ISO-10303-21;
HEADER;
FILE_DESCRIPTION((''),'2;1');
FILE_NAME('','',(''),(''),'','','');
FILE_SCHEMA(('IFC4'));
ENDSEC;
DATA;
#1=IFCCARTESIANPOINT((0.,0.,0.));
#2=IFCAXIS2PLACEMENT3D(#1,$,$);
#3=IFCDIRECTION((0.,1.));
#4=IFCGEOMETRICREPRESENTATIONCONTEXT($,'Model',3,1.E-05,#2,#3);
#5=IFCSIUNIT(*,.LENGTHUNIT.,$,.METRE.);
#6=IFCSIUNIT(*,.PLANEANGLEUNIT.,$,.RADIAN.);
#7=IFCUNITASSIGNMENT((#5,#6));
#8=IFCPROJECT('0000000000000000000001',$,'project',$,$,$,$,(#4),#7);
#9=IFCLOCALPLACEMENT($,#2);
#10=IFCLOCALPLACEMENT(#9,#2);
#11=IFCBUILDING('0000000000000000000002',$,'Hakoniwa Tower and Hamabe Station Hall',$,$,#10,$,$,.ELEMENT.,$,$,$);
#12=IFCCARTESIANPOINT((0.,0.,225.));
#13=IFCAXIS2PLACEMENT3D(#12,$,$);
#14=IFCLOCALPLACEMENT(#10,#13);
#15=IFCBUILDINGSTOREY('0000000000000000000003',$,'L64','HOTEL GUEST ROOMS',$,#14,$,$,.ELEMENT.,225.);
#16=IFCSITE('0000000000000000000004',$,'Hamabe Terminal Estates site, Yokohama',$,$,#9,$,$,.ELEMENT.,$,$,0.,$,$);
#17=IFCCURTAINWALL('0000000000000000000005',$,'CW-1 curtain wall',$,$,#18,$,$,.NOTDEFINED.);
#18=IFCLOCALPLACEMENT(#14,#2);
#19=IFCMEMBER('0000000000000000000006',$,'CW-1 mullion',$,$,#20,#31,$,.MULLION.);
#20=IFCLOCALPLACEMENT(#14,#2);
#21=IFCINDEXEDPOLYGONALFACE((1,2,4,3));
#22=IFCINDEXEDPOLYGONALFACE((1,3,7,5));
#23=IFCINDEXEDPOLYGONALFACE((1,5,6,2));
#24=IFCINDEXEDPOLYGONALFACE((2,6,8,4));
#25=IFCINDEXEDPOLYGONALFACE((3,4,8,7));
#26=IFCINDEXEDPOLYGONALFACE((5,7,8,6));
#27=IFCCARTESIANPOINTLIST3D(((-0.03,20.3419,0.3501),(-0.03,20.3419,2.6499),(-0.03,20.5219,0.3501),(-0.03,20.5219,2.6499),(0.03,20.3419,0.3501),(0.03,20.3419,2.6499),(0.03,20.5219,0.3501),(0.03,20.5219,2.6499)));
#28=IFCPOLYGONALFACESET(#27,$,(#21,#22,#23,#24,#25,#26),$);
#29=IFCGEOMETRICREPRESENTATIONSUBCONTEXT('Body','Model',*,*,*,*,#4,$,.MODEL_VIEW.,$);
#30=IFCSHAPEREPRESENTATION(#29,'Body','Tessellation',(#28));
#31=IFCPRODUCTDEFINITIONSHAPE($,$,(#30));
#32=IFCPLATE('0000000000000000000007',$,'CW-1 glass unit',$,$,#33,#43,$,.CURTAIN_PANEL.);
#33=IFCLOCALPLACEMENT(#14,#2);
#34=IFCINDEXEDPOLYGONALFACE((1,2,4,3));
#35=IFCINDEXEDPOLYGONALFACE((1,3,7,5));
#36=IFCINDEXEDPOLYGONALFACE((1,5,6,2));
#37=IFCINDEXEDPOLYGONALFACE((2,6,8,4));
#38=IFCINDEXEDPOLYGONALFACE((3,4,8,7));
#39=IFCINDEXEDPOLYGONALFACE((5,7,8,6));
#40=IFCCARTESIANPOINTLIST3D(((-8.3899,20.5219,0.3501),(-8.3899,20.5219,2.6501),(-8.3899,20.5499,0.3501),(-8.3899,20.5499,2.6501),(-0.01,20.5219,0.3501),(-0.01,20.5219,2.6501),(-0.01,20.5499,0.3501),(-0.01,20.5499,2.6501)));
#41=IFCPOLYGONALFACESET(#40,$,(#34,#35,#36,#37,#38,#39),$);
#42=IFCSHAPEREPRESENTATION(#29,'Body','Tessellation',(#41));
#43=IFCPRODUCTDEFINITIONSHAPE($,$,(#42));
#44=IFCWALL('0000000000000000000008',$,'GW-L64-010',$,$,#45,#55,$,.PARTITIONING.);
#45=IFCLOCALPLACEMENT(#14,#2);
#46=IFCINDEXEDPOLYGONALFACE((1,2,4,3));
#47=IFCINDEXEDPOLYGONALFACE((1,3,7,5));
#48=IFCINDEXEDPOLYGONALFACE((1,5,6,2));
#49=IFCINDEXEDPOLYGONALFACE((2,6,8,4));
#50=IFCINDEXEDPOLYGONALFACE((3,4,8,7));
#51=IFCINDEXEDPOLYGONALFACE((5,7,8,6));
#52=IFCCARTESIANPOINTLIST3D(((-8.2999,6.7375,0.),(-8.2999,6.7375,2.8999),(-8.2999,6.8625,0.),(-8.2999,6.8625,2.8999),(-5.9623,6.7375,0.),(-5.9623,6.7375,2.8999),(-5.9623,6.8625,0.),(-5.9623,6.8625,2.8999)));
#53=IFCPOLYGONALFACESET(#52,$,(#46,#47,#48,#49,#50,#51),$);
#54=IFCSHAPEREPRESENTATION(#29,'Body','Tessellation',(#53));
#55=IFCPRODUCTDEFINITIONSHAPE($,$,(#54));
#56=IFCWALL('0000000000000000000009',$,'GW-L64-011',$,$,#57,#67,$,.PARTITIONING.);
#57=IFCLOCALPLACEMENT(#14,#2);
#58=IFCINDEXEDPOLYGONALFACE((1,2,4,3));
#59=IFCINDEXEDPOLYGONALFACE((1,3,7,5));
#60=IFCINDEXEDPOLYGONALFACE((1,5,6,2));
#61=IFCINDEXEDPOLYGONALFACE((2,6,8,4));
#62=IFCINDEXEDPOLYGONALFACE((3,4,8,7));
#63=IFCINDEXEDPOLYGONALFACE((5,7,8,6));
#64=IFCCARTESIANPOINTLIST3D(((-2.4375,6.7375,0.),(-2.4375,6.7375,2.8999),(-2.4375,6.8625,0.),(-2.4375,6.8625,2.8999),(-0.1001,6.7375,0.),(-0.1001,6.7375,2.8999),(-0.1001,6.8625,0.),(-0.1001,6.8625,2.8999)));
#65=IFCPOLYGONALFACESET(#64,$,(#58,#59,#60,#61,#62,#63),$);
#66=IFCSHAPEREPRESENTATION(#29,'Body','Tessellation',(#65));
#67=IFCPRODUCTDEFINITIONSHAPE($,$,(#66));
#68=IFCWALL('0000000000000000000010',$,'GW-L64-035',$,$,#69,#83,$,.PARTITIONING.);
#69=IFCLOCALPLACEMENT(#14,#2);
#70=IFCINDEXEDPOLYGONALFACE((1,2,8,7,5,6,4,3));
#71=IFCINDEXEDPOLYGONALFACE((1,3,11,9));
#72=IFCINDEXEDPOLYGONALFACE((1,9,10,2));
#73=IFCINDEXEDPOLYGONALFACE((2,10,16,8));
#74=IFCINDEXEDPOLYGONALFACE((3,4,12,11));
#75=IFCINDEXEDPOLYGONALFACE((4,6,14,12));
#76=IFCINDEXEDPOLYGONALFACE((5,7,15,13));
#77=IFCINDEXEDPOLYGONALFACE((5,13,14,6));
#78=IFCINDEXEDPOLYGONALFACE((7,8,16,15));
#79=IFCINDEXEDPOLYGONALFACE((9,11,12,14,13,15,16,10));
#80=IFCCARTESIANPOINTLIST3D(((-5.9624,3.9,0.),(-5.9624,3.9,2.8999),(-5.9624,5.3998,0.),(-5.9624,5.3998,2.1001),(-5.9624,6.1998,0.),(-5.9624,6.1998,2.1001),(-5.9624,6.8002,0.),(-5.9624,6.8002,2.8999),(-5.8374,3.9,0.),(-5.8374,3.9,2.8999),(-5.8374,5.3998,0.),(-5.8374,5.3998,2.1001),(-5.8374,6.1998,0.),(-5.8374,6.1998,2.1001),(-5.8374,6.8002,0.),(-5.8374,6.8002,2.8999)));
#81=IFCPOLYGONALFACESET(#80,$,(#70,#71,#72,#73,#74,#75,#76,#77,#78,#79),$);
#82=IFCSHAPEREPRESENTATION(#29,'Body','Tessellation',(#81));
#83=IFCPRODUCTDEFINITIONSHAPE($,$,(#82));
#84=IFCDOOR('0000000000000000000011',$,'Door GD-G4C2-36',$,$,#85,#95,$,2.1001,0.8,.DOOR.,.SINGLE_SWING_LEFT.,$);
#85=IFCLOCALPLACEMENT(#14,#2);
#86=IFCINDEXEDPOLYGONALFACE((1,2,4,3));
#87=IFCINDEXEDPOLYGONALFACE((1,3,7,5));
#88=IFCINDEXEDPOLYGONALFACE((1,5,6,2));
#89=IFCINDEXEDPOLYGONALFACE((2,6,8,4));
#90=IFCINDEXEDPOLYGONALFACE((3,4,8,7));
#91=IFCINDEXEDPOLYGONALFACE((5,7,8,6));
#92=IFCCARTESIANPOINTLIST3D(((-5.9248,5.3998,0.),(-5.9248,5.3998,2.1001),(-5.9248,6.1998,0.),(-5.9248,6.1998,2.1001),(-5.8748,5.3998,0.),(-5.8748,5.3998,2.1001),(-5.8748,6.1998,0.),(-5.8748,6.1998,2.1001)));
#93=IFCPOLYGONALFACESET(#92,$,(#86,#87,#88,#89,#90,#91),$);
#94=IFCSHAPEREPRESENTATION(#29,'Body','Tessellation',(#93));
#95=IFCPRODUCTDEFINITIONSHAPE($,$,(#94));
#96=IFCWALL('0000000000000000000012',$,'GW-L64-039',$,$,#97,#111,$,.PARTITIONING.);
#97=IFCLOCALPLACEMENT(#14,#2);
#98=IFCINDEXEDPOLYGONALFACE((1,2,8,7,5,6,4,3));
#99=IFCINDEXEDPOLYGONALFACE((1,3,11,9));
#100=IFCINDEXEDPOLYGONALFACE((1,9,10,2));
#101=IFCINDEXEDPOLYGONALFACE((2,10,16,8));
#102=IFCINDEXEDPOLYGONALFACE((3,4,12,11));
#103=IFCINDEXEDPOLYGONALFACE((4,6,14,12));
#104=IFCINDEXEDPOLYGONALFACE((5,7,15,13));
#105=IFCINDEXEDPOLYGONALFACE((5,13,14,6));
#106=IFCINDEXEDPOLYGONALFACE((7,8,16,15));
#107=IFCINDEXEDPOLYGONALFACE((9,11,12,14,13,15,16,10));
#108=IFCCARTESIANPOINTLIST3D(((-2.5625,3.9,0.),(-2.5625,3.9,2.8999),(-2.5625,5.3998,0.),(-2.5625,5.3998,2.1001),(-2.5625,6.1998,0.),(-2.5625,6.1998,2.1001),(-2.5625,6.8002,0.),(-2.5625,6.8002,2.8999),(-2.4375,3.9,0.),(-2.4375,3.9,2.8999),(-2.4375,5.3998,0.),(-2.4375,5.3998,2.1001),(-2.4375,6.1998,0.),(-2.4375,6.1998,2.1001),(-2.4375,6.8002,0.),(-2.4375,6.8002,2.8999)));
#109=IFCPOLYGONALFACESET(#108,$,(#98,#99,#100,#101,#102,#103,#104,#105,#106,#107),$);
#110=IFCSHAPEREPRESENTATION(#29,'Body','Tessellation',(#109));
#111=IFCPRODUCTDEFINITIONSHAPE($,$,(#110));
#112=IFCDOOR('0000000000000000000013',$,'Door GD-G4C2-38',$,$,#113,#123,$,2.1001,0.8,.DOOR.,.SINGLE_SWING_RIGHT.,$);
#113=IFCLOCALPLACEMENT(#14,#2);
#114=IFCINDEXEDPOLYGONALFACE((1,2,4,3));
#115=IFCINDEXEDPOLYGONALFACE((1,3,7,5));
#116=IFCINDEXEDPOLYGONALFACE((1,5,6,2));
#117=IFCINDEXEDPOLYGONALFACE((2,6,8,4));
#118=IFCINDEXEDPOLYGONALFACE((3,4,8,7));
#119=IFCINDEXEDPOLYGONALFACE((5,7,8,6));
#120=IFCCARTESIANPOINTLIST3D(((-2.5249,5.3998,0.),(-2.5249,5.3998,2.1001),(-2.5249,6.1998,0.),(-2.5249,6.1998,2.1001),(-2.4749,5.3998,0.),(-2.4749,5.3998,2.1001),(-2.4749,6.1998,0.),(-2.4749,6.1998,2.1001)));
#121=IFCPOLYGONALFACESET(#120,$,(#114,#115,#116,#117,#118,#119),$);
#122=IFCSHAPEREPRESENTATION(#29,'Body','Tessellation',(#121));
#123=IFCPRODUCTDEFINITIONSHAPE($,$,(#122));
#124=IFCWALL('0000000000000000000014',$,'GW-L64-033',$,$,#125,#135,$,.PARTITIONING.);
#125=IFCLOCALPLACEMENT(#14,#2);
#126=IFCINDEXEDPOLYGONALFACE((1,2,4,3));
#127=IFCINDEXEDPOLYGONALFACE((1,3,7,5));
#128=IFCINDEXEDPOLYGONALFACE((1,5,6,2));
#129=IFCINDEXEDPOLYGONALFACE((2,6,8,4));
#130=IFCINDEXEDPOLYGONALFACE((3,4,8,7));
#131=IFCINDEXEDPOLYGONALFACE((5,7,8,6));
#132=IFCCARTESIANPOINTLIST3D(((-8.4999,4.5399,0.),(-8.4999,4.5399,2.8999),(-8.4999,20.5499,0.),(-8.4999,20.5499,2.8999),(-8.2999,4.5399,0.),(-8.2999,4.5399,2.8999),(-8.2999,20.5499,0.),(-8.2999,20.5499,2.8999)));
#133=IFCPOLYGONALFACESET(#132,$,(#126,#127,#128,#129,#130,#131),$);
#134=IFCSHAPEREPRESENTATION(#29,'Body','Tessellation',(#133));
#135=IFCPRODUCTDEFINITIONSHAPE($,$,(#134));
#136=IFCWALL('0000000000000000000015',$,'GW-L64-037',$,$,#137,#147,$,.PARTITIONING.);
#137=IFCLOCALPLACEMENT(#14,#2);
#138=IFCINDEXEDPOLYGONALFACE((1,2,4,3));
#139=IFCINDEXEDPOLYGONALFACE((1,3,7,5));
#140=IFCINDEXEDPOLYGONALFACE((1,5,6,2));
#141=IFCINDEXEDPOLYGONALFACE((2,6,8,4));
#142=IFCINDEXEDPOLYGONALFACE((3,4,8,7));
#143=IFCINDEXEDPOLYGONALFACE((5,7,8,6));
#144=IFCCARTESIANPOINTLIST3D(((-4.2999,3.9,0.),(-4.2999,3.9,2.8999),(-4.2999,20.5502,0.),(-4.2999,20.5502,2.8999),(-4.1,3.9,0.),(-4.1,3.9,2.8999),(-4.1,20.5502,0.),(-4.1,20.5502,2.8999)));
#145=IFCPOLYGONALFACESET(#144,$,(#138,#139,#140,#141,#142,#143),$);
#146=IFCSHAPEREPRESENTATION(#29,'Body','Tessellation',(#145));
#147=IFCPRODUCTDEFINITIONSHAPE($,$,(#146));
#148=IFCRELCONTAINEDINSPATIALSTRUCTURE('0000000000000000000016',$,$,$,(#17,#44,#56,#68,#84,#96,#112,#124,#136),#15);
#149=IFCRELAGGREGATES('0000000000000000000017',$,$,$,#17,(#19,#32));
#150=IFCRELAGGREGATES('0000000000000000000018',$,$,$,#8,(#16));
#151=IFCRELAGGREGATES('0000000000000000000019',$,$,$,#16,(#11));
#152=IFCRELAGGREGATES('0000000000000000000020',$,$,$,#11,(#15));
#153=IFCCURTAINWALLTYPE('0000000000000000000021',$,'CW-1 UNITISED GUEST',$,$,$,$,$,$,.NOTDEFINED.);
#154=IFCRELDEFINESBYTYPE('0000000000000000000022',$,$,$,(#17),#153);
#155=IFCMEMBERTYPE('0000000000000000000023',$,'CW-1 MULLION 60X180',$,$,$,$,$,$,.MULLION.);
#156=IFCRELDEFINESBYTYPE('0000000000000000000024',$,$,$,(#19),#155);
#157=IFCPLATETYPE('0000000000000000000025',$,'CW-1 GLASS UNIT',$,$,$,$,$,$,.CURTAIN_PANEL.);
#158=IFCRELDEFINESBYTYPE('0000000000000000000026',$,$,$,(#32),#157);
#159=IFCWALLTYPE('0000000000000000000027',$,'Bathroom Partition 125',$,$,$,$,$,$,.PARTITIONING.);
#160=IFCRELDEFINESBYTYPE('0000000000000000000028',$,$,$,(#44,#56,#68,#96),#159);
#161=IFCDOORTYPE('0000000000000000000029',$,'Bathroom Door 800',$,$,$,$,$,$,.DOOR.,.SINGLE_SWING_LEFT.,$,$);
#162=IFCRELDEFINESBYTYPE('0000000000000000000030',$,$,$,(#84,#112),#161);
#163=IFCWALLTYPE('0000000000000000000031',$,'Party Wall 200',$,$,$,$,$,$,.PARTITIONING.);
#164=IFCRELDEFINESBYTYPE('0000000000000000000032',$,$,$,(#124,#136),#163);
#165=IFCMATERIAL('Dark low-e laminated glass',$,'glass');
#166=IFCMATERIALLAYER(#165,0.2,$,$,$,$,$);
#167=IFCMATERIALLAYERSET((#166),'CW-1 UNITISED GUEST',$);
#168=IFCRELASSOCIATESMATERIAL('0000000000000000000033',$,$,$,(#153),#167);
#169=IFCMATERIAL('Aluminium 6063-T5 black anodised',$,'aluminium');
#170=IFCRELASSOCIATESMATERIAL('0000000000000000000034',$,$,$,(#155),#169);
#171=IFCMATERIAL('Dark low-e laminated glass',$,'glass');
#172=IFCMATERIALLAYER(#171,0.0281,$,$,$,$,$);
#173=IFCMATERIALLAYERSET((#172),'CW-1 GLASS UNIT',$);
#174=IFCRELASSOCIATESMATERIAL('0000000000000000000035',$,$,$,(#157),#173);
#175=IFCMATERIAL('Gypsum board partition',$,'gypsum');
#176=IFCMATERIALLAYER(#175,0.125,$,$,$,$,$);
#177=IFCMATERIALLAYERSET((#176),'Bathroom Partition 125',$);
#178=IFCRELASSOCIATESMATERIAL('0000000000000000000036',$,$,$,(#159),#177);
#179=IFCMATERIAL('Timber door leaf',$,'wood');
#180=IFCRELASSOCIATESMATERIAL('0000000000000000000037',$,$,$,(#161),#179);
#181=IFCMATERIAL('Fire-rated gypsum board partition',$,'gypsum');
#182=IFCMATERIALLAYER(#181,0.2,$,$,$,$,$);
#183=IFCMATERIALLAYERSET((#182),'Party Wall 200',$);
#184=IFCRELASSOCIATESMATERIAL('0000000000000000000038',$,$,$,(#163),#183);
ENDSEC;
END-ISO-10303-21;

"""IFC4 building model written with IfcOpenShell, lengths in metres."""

from ifc_helpers import new_model, si_unit, direction, frame, frame_2d, origin, origin_2d, place, context, subcontext, project, spatial, rectangle, extrude, material, layer, layer_set, material_profile, profile_set, type_object, element, fill, aggregate, save


model = new_model("IFC4")

# Units and contexts
model_context = context("Model", 3, precision=1e-05, world=origin(), true_north=direction((0.0, 1.0)))
body_context = subcontext(model_context, "Body", "Model", "MODEL_VIEW")
ifc_project = project(units=[si_unit("LENGTHUNIT", "METRE"), si_unit("PLANEANGLEUNIT", "RADIAN")], contexts=[model_context])

# Site, building, storey
site_placement = place(None, origin())
site = spatial("IfcSite", under=ifc_project, at=site_placement, Name="Hamabe Terminal Estates site, Yokohama", CompositionType="ELEMENT", RefElevation=0.0)
building_placement = place(site_placement, origin())
building = spatial("IfcBuilding", under=site, at=building_placement, Name="Hakoniwa Tower and Hamabe Station Hall", CompositionType="ELEMENT")
storey_placement = place(building_placement, frame((0.0, 0.0, 225.0)))
storey = spatial("IfcBuildingStorey", under=building, at=storey_placement, Name="L64", Description="HOTEL GUEST ROOMS", CompositionType="ELEMENT", Elevation=225.0)

# Curtain wall, member, plate
ifc_material_1 = material(Name="Dark low-e laminated glass", Category="glass")
ifc_layer_1 = layer(ifc_material_1, 0.2)
ifc_layer_set_1 = layer_set([ifc_layer_1], Name="CW-1 UNITISED GUEST")
curtain_wall_type = type_object("IfcCurtainWallType", Name="CW-1 UNITISED GUEST", PredefinedType="NOTDEFINED", material=ifc_layer_set_1)
curtain_wall_placement = place(storey_placement, origin())
curtain_wall = element("IfcCurtainWall", 1, at=curtain_wall_placement, inside=storey, type_object=curtain_wall_type, Name="CW-1 curtain wall", PredefinedType="NOTDEFINED")
ifc_material_2 = material(Name="Aluminium 6063-T5 black anodised", Category="aluminium")
ifc_material_profile_1 = material_profile(ifc_material_2, rectangle(XDim=0.0601, YDim=0.1799, at=origin_2d()), Name="CW-1 MULLION 60X180")
ifc_profile_set_1 = profile_set([ifc_material_profile_1], Name="Aluminium 6063-T5 black anodised")
member_type = type_object("IfcMemberType", Name="CW-1 MULLION 60X180", PredefinedType="MULLION", material=ifc_profile_set_1)
member_placement = place(storey_placement, frame((0.0, 20.4319, 0.3501), z_axis=(0.0, 0.0, 1.0), x_axis=(-1.0, 0.0, 0.0)))
member = element("IfcMember", 2, at=member_placement, type_object=member_type, Name="CW-1 mullion", PredefinedType="MULLION", context=body_context, shape_type="SweptSolid", body=[
    extrude(rectangle(XDim=0.0601, YDim=0.1799, at=origin_2d()), origin(), (0.0, 0.0, 1.0), 2.2998),
])
ifc_material_3 = material(Name="Dark low-e laminated glass", Category="glass")
ifc_layer_2 = layer(ifc_material_3, 0.0281)
ifc_layer_set_2 = layer_set([ifc_layer_2], Name="CW-1 GLASS UNIT")
plate_type = type_object("IfcPlateType", Name="CW-1 GLASS UNIT", PredefinedType="CURTAIN_PANEL", material=ifc_layer_set_2)
plate_placement = place(storey_placement, frame((-4.2, 20.5359, 0.3501), z_axis=(0.0, 0.0, 1.0), x_axis=(-1.0, 0.0, 0.0)))
plate = element("IfcPlate", 3, at=plate_placement, type_object=plate_type, Name="CW-1 glass unit", PredefinedType="CURTAIN_PANEL", context=body_context, shape_type="SweptSolid", body=[
    extrude(rectangle(XDim=8.3799, YDim=0.0281, at=origin_2d()), origin(), (0.0, 0.0, 1.0), 2.3),
])
aggregate(curtain_wall, [member, plate])

# Walls
ifc_material_4 = material(Name="Gypsum board partition", Category="gypsum")
ifc_layer_3 = layer(ifc_material_4, 0.125)
ifc_layer_set_3 = layer_set([ifc_layer_3], Name="Bathroom Partition 125")
wall_type_1 = type_object("IfcWallType", Name="Bathroom Partition 125", PredefinedType="PARTITIONING", material=ifc_layer_set_3)
wall_1_placement = place(storey_placement, frame((-8.3, 6.8, 0.0), z_axis=(0.0, 0.0, 1.0), x_axis=(1.0, 0.0, 0.0)))
element("IfcWall", 4, at=wall_1_placement, inside=storey, type_object=wall_type_1, Name="GW-L64-010", PredefinedType="PARTITIONING", context=body_context, shape_type="SweptSolid", body=[
    extrude(rectangle(XDim=2.3376, YDim=0.125, at=frame_2d((1.1689, 0.0))), origin(), (0.0, 0.0, 1.0), 2.8999),
])
wall_2_placement = place(storey_placement, frame((-2.4375, 6.8, 0.0), z_axis=(0.0, 0.0, 1.0), x_axis=(1.0, 0.0, 0.0)))
element("IfcWall", 5, at=wall_2_placement, inside=storey, type_object=wall_type_1, Name="GW-L64-011", PredefinedType="PARTITIONING", context=body_context, shape_type="SweptSolid", body=[
    extrude(rectangle(XDim=2.3374, YDim=0.125, at=frame_2d((1.1687, 0.0))), origin(), (0.0, 0.0, 1.0), 2.8999),
])

# Walls, openings, doors
wall_3_placement = place(storey_placement, frame((-5.8999, 3.8999, 0.0), z_axis=(0.0, 0.0, 1.0), x_axis=(0.0, 1.0, 0.0)))
wall_3 = element("IfcWall", 6, at=wall_3_placement, inside=storey, type_object=wall_type_1, Name="GW-L64-035", PredefinedType="PARTITIONING", context=body_context, shape_type="SweptSolid", body=[
    extrude(rectangle(XDim=2.9001, YDim=0.125, at=frame_2d((1.4502, 0.0))), origin(), (0.0, 0.0, 1.0), 2.8999),
])
opening_1_placement = place(wall_3_placement, frame((1.5, 0.0, 0.0)))
opening_1 = element("IfcOpeningElement", 7, at=opening_1_placement, cuts=wall_3, PredefinedType="OPENING", context=body_context, shape_type="SweptSolid", body=[
    extrude(rectangle(XDim=0.8, YDim=2.1001, at=frame_2d((0.3999, 1.05))), frame((0.0, 0.0725, 0.0), z_axis=(0.0, -1.0, 0.0), x_axis=(1.0, 0.0, 0.0)), (0.0, 0.0, 1.0), 0.145),
])
ifc_material_5 = material(Name="Timber door leaf", Category="wood")
door_type = type_object("IfcDoorType", Name="Bathroom Door 800", OperationType="SINGLE_SWING_LEFT", PredefinedType="DOOR", material=ifc_material_5)
door_1_placement = place(opening_1_placement, origin())
door_1 = element("IfcDoor", 8, at=door_1_placement, inside=storey, type_object=door_type, Name="Door GD-G4C2-36", OperationType="SINGLE_SWING_LEFT", OverallHeight=2.1001, OverallWidth=0.8, PredefinedType="DOOR", context=body_context, shape_type="SweptSolid", body=[
    extrude(rectangle(XDim=0.8, YDim=2.1001, at=frame_2d((0.3999, 1.05))), frame((0.0, 0.0249, 0.0), z_axis=(0.0, -1.0, 0.0), x_axis=(1.0, 0.0, 0.0)), (0.0, 0.0, 1.0), 0.05),
])
fill(opening_1, door_1)
wall_4_placement = place(storey_placement, frame((-2.5, 3.8999, 0.0), z_axis=(0.0, 0.0, 1.0), x_axis=(0.0, 1.0, 0.0)))
wall_4 = element("IfcWall", 9, at=wall_4_placement, inside=storey, type_object=wall_type_1, Name="GW-L64-039", PredefinedType="PARTITIONING", context=body_context, shape_type="SweptSolid", body=[
    extrude(rectangle(XDim=2.9001, YDim=0.125, at=frame_2d((1.4502, 0.0))), origin(), (0.0, 0.0, 1.0), 2.8999),
])
opening_2_placement = place(wall_4_placement, frame((1.5, 0.0, 0.0)))
opening_2 = element("IfcOpeningElement", 10, at=opening_2_placement, cuts=wall_4, PredefinedType="OPENING", context=body_context, shape_type="SweptSolid", body=[
    extrude(rectangle(XDim=0.8, YDim=2.1001, at=frame_2d((0.3999, 1.05))), frame((0.0, 0.0725, 0.0), z_axis=(0.0, -1.0, 0.0), x_axis=(1.0, 0.0, 0.0)), (0.0, 0.0, 1.0), 0.145),
])
door_2_placement = place(opening_2_placement, origin())
door_2 = element("IfcDoor", 11, at=door_2_placement, inside=storey, type_object=door_type, Name="Door GD-G4C2-38", OperationType="SINGLE_SWING_RIGHT", OverallHeight=2.1001, OverallWidth=0.8, PredefinedType="DOOR", context=body_context, shape_type="SweptSolid", body=[
    extrude(rectangle(XDim=0.8, YDim=2.1001, at=frame_2d((0.3999, 1.05))), frame((0.0, 0.0249, 0.0), z_axis=(0.0, -1.0, 0.0), x_axis=(1.0, 0.0, 0.0)), (0.0, 0.0, 1.0), 0.05),
])
fill(opening_2, door_2)

# Walls
ifc_material_6 = material(Name="Fire-rated gypsum board partition", Category="gypsum")
ifc_layer_4 = layer(ifc_material_6, 0.2)
ifc_layer_set_4 = layer_set([ifc_layer_4], Name="Party Wall 200")
wall_type_2 = type_object("IfcWallType", Name="Party Wall 200", PredefinedType="PARTITIONING", material=ifc_layer_set_4)
wall_5_placement = place(storey_placement, frame((-8.3999, 4.54, 0.0), z_axis=(0.0, 0.0, 1.0), x_axis=(0.0, 1.0, 0.0)))
element("IfcWall", 12, at=wall_5_placement, inside=storey, type_object=wall_type_2, Name="GW-L64-033", PredefinedType="PARTITIONING", context=body_context, shape_type="SweptSolid", body=[
    extrude(rectangle(XDim=16.01, YDim=0.2, at=frame_2d((8.0049, 0.0))), origin(), (0.0, 0.0, 1.0), 2.8999),
])
wall_6_placement = place(storey_placement, frame((-4.2, 3.8999, 0.0), z_axis=(0.0, 0.0, 1.0), x_axis=(0.0, 1.0, 0.0)))
element("IfcWall", 13, at=wall_6_placement, inside=storey, type_object=wall_type_2, Name="GW-L64-037", PredefinedType="PARTITIONING", context=body_context, shape_type="SweptSolid", body=[
    extrude(rectangle(XDim=16.6501, YDim=0.2, at=frame_2d((8.3252, 0.0))), origin(), (0.0, 0.0, 1.0), 2.8999),
])

save(model, "model.ifc")
